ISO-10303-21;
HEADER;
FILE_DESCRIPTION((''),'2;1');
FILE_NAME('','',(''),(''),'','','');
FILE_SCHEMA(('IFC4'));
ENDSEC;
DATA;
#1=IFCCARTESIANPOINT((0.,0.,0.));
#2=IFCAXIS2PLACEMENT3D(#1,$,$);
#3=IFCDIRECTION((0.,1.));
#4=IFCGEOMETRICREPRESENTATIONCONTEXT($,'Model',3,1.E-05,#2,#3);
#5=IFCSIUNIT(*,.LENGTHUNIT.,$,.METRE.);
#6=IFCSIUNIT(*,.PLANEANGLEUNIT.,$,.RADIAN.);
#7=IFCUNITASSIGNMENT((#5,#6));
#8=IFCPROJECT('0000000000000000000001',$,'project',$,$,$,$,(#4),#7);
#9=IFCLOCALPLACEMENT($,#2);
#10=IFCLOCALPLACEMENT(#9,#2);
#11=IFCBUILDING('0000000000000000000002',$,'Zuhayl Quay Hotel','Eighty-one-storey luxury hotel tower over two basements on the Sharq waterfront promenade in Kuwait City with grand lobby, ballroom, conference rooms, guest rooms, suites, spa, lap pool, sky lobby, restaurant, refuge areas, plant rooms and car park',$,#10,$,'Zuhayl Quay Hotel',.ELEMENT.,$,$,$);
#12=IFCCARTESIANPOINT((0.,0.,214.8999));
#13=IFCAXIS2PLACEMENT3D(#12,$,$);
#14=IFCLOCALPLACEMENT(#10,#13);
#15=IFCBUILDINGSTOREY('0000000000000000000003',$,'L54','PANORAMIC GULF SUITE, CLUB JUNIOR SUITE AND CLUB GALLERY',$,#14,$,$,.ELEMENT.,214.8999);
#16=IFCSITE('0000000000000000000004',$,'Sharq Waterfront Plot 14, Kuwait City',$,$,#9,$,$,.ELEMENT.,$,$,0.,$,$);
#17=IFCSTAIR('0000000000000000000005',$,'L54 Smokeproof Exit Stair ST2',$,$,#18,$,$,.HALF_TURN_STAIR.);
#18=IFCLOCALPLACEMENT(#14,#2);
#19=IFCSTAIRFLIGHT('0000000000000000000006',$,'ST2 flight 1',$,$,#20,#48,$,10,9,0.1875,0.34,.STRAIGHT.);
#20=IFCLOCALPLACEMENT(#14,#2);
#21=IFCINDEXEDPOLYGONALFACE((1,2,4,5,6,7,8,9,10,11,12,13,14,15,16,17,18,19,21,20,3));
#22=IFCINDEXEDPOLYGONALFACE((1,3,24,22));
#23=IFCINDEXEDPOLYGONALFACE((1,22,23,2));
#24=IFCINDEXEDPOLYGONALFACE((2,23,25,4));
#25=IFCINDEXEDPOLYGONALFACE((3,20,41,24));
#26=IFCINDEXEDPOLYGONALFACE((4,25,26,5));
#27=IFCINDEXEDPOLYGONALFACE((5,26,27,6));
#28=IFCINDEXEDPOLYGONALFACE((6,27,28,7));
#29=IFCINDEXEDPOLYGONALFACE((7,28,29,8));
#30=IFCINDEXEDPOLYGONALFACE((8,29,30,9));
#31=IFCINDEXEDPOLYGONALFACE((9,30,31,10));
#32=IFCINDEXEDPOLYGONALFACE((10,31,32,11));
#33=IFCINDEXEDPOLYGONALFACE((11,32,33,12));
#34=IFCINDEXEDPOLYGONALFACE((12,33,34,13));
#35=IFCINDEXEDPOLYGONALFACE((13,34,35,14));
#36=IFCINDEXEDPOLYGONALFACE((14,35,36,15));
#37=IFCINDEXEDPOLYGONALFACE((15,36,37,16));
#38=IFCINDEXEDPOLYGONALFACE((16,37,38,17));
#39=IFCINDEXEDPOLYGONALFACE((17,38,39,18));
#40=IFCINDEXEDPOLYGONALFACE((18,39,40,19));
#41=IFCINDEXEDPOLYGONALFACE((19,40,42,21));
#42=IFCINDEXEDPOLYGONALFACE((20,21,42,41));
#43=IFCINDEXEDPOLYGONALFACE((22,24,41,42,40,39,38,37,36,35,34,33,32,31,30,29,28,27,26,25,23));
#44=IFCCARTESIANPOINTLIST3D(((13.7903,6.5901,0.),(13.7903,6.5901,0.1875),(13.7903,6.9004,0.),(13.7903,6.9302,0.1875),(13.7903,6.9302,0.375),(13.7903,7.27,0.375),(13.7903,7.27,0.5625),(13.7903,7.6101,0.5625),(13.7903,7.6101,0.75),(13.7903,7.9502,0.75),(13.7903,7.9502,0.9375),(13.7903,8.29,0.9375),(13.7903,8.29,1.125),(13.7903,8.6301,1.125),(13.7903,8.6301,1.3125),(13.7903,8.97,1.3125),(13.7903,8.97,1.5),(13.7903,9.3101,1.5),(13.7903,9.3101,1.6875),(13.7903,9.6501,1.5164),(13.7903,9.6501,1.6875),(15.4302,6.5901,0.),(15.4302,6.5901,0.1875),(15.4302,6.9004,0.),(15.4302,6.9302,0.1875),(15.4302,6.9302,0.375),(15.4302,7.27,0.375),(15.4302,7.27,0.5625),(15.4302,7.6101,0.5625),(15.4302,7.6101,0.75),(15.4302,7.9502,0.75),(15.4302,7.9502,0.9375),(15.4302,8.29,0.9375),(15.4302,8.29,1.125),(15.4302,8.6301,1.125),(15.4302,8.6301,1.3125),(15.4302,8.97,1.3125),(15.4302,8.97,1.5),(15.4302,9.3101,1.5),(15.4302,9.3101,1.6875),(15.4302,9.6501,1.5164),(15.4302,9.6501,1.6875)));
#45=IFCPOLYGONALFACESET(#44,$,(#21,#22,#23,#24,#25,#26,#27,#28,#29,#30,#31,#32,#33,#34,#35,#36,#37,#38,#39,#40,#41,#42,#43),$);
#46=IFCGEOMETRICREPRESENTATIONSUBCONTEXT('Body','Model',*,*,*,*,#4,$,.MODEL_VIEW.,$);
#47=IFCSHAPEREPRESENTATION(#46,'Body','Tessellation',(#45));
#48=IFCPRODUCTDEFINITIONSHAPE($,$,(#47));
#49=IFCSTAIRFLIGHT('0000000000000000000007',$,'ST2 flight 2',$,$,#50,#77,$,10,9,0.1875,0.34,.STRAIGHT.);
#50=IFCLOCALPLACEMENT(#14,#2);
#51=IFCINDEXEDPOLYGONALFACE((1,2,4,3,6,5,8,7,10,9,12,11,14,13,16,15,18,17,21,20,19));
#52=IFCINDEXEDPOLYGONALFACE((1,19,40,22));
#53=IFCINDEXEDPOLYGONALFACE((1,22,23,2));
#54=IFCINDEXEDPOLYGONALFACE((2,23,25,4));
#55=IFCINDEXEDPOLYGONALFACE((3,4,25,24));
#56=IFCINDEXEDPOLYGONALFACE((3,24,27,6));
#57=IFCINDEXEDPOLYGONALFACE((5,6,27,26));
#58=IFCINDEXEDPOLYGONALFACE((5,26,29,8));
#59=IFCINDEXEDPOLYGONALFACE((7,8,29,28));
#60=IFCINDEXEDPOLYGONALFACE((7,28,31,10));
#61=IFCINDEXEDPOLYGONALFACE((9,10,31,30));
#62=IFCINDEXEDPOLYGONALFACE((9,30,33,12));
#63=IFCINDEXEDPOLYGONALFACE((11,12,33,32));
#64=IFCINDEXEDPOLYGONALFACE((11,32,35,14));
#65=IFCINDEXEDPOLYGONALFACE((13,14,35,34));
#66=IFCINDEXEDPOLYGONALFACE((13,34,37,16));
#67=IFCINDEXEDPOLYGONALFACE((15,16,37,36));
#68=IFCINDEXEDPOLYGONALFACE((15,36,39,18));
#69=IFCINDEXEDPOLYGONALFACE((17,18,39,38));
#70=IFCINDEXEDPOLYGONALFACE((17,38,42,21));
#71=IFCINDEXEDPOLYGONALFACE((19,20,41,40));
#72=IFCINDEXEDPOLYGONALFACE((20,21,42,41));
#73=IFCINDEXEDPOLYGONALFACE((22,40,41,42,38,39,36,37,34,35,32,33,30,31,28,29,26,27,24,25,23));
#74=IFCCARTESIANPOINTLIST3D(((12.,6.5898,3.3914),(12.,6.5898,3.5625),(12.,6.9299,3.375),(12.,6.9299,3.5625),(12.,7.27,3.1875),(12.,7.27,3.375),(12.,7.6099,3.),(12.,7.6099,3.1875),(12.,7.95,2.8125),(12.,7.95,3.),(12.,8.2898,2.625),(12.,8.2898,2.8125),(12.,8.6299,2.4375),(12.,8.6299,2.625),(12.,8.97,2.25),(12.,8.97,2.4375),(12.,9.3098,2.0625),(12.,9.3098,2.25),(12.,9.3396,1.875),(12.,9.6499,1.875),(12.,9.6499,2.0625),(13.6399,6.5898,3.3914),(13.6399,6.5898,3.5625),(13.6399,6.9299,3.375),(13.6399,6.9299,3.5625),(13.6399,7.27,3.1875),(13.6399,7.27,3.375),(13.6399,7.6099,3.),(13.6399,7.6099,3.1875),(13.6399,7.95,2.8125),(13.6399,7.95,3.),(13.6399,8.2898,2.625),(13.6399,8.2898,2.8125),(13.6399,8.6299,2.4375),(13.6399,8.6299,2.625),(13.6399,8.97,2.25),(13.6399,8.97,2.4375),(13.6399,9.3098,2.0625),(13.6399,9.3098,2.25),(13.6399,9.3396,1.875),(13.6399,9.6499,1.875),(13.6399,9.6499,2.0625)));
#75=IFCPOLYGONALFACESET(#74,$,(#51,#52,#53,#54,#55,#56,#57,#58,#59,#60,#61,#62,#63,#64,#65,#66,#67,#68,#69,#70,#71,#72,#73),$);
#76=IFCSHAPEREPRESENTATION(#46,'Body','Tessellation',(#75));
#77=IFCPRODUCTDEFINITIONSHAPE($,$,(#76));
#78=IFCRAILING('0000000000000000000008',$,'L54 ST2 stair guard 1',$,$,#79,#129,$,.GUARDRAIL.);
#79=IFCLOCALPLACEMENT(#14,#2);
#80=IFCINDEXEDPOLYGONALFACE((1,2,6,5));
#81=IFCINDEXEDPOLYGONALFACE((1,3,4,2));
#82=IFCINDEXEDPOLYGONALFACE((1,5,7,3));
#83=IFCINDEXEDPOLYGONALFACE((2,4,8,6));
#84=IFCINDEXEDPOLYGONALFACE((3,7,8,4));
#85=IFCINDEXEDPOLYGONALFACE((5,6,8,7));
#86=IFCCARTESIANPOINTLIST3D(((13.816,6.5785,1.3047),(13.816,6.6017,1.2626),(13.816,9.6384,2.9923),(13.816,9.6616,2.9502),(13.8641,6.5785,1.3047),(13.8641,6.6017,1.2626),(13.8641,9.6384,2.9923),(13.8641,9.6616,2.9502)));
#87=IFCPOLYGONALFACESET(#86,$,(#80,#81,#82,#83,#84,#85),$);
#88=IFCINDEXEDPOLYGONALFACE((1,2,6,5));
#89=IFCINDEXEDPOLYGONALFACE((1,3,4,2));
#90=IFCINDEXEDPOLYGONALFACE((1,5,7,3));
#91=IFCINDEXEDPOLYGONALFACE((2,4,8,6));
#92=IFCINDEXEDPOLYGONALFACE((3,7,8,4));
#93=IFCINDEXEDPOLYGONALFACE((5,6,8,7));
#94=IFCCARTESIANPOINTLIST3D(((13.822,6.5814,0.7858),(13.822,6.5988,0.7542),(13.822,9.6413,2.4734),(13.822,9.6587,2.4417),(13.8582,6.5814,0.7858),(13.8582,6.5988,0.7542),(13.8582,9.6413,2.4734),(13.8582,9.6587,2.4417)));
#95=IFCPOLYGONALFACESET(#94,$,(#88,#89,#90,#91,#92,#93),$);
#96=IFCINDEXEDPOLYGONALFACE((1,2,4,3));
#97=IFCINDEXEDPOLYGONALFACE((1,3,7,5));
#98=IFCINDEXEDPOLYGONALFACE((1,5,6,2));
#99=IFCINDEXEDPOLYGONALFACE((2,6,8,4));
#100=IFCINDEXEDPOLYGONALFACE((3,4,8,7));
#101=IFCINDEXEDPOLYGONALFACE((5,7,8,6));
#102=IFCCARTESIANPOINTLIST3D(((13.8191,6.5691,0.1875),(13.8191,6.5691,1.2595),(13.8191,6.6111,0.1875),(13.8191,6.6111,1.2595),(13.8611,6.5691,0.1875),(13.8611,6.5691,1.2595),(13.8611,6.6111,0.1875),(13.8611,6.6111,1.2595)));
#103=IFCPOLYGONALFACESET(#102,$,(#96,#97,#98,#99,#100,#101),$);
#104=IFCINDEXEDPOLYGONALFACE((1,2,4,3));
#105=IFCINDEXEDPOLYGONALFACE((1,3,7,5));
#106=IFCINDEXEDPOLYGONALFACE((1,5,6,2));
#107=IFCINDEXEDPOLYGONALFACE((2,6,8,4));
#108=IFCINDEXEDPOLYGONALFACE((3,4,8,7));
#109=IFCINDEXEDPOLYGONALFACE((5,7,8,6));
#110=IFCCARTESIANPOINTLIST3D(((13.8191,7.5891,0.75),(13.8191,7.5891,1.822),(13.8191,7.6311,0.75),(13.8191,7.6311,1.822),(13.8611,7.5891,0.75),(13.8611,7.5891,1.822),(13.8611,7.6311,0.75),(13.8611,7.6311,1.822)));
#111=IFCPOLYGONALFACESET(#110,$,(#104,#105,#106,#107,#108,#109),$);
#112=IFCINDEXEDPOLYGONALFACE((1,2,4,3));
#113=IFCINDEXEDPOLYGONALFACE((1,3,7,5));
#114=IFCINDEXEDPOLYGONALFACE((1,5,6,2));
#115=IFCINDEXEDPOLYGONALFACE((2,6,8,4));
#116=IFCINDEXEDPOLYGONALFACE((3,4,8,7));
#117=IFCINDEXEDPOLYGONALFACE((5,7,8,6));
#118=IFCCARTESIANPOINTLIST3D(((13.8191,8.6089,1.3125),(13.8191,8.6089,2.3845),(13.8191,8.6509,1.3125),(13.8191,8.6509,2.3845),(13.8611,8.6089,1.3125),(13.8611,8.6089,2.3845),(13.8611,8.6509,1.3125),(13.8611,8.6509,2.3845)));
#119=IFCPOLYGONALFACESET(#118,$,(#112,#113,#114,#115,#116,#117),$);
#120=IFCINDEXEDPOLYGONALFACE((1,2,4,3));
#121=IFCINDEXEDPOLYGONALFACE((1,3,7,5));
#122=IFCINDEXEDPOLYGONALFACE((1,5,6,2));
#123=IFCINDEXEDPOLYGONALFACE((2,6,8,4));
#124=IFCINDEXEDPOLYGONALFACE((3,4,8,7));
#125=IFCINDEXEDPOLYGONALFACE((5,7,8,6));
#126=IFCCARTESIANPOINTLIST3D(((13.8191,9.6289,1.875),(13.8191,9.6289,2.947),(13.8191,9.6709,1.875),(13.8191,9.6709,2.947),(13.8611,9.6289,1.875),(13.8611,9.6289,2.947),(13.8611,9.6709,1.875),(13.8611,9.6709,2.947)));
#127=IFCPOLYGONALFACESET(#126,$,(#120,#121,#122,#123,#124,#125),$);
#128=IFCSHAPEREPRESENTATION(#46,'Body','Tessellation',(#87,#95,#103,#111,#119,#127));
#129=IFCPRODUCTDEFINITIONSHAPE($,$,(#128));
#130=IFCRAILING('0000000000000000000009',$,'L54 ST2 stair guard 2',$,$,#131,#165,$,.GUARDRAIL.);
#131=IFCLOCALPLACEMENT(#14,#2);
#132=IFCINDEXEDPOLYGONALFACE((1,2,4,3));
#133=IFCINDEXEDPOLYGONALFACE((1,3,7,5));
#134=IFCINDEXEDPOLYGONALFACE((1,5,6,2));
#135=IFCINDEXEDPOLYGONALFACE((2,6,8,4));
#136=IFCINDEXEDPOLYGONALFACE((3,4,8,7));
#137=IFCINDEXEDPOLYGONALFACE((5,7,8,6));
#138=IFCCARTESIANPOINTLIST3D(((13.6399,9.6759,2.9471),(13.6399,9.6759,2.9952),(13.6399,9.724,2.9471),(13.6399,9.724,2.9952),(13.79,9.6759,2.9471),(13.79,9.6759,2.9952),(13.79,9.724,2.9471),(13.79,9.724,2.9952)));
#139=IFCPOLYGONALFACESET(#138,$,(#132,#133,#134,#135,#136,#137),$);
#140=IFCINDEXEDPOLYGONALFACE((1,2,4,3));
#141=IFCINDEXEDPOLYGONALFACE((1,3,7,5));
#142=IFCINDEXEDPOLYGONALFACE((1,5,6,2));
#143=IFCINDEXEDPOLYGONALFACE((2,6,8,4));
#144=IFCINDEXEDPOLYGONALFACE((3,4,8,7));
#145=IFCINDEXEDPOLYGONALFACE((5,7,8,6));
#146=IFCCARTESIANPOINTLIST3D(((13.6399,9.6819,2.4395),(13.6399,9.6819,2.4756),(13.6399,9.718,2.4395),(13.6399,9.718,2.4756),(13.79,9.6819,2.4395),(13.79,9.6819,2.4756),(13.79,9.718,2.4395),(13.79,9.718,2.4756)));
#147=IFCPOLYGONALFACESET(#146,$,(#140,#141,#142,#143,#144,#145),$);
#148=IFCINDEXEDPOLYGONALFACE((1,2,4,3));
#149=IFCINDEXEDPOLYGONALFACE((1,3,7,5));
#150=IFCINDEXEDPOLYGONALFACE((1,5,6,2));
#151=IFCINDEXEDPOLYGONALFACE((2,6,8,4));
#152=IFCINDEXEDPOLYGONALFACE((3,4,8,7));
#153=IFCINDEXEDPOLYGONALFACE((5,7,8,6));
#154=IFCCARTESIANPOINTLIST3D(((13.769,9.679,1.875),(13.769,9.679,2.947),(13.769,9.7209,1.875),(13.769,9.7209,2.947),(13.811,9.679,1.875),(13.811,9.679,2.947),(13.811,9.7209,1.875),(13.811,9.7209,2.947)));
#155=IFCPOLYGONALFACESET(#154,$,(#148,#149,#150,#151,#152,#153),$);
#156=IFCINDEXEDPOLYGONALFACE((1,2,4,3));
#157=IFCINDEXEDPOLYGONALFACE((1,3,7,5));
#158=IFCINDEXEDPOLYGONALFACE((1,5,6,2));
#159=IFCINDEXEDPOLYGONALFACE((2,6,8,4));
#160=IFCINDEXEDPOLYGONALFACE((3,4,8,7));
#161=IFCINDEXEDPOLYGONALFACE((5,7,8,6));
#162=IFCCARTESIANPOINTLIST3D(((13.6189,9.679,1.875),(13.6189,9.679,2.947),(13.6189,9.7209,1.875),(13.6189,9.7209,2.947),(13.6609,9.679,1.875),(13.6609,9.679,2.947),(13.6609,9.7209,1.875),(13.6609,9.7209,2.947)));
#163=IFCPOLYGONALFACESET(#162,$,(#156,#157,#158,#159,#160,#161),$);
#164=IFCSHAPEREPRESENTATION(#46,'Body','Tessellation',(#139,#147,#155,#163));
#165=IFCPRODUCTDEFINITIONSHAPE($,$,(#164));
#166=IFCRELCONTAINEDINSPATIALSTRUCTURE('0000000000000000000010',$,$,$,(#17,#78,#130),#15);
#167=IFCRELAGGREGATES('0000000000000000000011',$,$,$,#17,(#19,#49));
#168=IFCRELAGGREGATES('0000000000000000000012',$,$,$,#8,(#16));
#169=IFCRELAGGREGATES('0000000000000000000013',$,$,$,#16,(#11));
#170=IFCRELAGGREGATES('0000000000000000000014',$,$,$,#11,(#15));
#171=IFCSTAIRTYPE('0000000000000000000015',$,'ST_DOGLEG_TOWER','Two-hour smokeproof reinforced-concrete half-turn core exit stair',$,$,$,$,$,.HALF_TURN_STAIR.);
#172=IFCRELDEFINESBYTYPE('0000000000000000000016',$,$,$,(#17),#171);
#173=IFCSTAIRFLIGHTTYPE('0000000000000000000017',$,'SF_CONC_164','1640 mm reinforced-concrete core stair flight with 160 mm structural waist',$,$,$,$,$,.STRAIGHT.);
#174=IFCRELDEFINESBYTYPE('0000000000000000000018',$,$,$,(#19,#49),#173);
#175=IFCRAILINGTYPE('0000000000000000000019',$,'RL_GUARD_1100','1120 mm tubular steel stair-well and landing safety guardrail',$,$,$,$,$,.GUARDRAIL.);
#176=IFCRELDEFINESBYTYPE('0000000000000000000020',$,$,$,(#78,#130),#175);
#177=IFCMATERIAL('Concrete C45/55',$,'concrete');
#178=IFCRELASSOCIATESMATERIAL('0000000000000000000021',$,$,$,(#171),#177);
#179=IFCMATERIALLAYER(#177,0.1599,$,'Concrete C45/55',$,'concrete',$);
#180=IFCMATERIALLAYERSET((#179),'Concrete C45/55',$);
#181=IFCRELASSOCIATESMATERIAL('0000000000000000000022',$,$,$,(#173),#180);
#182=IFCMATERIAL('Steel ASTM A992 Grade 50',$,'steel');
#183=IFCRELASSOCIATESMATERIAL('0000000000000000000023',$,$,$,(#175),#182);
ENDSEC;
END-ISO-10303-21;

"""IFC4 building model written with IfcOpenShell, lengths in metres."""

from ifc_helpers import new_model, si_unit, direction, frame, origin, origin_2d, place, context, subcontext, project, spatial, polyline, rectangle, outline, extrude, material, layer, layer_set, type_object, element, aggregate, save


model = new_model("IFC4")

# Units and contexts
model_context = context("Model", 3, precision=1e-05, world=origin(), true_north=direction((0.0, 1.0)))
body_context = subcontext(model_context, "Body", "Model", "MODEL_VIEW")
ifc_project = project(units=[si_unit("LENGTHUNIT", "METRE"), si_unit("PLANEANGLEUNIT", "RADIAN")], contexts=[model_context])

# Site, building, storey
site_placement = place(None, origin())
site = spatial("IfcSite", under=ifc_project, at=site_placement, Name="Sharq Waterfront Plot 14, Kuwait City", CompositionType="ELEMENT", RefElevation=0.0)
building_placement = place(site_placement, origin())
building = spatial("IfcBuilding", under=site, at=building_placement, Name="Zuhayl Quay Hotel", Description="Eighty-one-storey luxury hotel tower over two basements on the Sharq waterfront promenade in Kuwait City with grand lobby, ballroom, conference rooms, guest rooms, suites, spa, lap pool, sky lobby, restaurant, refuge areas, plant rooms and car park", LongName="Zuhayl Quay Hotel", CompositionType="ELEMENT")
storey_placement = place(building_placement, frame((0.0, 0.0, 214.8999)))
storey = spatial("IfcBuildingStorey", under=building, at=storey_placement, Name="L54", Description="PANORAMIC GULF SUITE, CLUB JUNIOR SUITE AND CLUB GALLERY", CompositionType="ELEMENT", Elevation=214.8999)

# Shared definitions
ifc_material_1 = material(Name="Steel ASTM A992 Grade 50", Category="steel")

# Stair, stair flights
ifc_material_2 = material(Name="Concrete C45/55", Category="concrete")
stair_type = type_object("IfcStairType", Name="ST_DOGLEG_TOWER", Description="Two-hour smokeproof reinforced-concrete half-turn core exit stair", PredefinedType="HALF_TURN_STAIR", material=ifc_material_2)
stair_placement = place(storey_placement, origin())
stair = element("IfcStair", 1, at=stair_placement, inside=storey, type_object=stair_type, Name="L54 Smokeproof Exit Stair ST2", PredefinedType="HALF_TURN_STAIR")
ifc_layer_1 = layer(ifc_material_2, 0.1599, Name="Concrete C45/55", Category="concrete")
ifc_layer_set_1 = layer_set([ifc_layer_1], Name="Concrete C45/55")
stair_flight_type = type_object("IfcStairFlightType", Name="SF_CONC_164", Description="1640 mm reinforced-concrete core stair flight with 160 mm structural waist", PredefinedType="STRAIGHT", material=ifc_layer_set_1)
stair_flight_1_placement = place(storey_placement, frame((14.6101, 6.5901, 0.0), z_axis=(0.0, 0.0, 1.0), x_axis=(0.0, 1.0, 0.0)))
stair_flight_1 = element("IfcStairFlight", 2, at=stair_flight_1_placement, type_object=stair_flight_type, Name="ST2 flight 1", NumberOfRisers=10, NumberOfTreads=9, PredefinedType="STRAIGHT", RiserHeight=0.1875, TreadLength=0.34, context=body_context, shape_type="SweptSolid", body=[
    extrude(outline(polyline([(0.0, 0.0), (0.0, 0.1875), (0.3401, 0.1875), (0.3401, 0.375), (0.6799, 0.375), (0.6799, 0.5625), (1.02, 0.5625), (1.02, 0.75), (1.3601, 0.75), (1.3601, 0.9375), (1.7, 0.9375), (1.7, 1.125), (2.04, 1.125), (2.04, 1.3125), (2.3799, 1.3125), (2.3799, 1.5), (2.72, 1.5), (2.72, 1.6875), (3.0601, 1.6875), (3.0601, 1.875), (3.0601, 1.5164), (0.3103, 0.0), (0.0, 0.0)])), frame((0.0, 0.8198, 0.0), z_axis=(0.0, -1.0, 0.0), x_axis=(1.0, 0.0, 0.0)), (0.0, 0.0, 1.0), 1.6399),
])
stair_flight_2_placement = place(storey_placement, frame((12.8201, 9.6499, 1.875), z_axis=(0.0, 0.0, 1.0), x_axis=(0.0, -1.0, 0.0)))
stair_flight_2 = element("IfcStairFlight", 3, at=stair_flight_2_placement, type_object=stair_flight_type, Name="ST2 flight 2", NumberOfRisers=10, NumberOfTreads=9, PredefinedType="STRAIGHT", RiserHeight=0.1875, TreadLength=0.34, context=body_context, shape_type="SweptSolid", body=[
    extrude(outline(polyline([(0.0, 0.0), (0.0, 0.1875), (0.3401, 0.1875), (0.3401, 0.375), (0.6799, 0.375), (0.6799, 0.5625), (1.02, 0.5625), (1.02, 0.75), (1.3601, 0.75), (1.3601, 0.9375), (1.7, 0.9375), (1.7, 1.125), (2.04, 1.125), (2.04, 1.3125), (2.3799, 1.3125), (2.3799, 1.5), (2.72, 1.5), (2.72, 1.6875), (3.0601, 1.6875), (3.0601, 1.875), (3.0601, 1.5164), (0.3103, 0.0), (0.0, 0.0)])), frame((0.0, 0.8198, 0.0), z_axis=(0.0, -1.0, 0.0), x_axis=(1.0, 0.0, 0.0)), (0.0, 0.0, 1.0), 1.6399),
])
aggregate(stair, [stair_flight_1, stair_flight_2])

# Railings
railing_type_1 = type_object("IfcRailingType", Name="RL_GUARD_1100", Description="1120 mm tubular steel stair-well and landing safety guardrail", PredefinedType="GUARDRAIL", material=ifc_material_1)
railing_1_placement = place(storey_placement, frame((13.8401, 6.5901, 0.1875)))
element("IfcRailing", 4, at=railing_1_placement, inside=storey, type_object=railing_type_1, Name="L54 ST2 stair guard 1", PredefinedType="GUARDRAIL", context=body_context, shape_type="SweptSolid", body=[
    extrude(rectangle(XDim=0.0481, YDim=0.0481, at=origin_2d()), frame((0.0, 0.0, 1.0962), z_axis=(0.0, 0.875659, 0.48293), x_axis=(-1.0, 0.0, 0.0)), (0.0, 0.0, 1.0), 3.4944),
    extrude(rectangle(XDim=0.0361, YDim=0.0361, at=origin_2d()), frame((0.0, 0.0, 0.5825), z_axis=(0.0, 0.875659, 0.48293), x_axis=(-1.0, 0.0, 0.0)), (0.0, 0.0, 1.0), 3.4944),
    extrude(rectangle(XDim=0.042, YDim=0.042, at=origin_2d()), origin(), (0.0, 0.0, 1.0), 1.072),
    extrude(rectangle(XDim=0.042, YDim=0.042, at=origin_2d()), frame((0.0, 1.02, 0.5625)), (0.0, 0.0, 1.0), 1.072),
    extrude(rectangle(XDim=0.042, YDim=0.042, at=origin_2d()), frame((0.0, 2.0398, 1.125)), (0.0, 0.0, 1.0), 1.072),
    extrude(rectangle(XDim=0.042, YDim=0.042, at=origin_2d()), frame((0.0, 3.0598, 1.6875)), (0.0, 0.0, 1.0), 1.072),
])
railing_2_placement = place(storey_placement, frame((13.79, 9.7, 1.875)))
element("IfcRailing", 5, at=railing_2_placement, inside=storey, type_object=railing_type_1, Name="L54 ST2 stair guard 2", PredefinedType="GUARDRAIL", context=body_context, shape_type="SweptSolid", body=[
    extrude(rectangle(XDim=0.0481, YDim=0.0481, at=origin_2d()), frame((0.0, 0.0, 1.0962), z_axis=(-1.0, 0.0, 0.0), x_axis=(0.0, -1.0, 0.0)), (0.0, 0.0, 1.0), 0.1501),
    extrude(rectangle(XDim=0.0361, YDim=0.0361, at=origin_2d()), frame((0.0, 0.0, 0.5825), z_axis=(-1.0, 0.0, 0.0), x_axis=(0.0, -1.0, 0.0)), (0.0, 0.0, 1.0), 0.1501),
    extrude(rectangle(XDim=0.042, YDim=0.042, at=origin_2d()), origin(), (0.0, 0.0, 1.0), 1.072),
    extrude(rectangle(XDim=0.042, YDim=0.042, at=origin_2d()), frame((-0.1501, 0.0, 0.0)), (0.0, 0.0, 1.0), 1.072),
])

save(model, "model.ifc")
